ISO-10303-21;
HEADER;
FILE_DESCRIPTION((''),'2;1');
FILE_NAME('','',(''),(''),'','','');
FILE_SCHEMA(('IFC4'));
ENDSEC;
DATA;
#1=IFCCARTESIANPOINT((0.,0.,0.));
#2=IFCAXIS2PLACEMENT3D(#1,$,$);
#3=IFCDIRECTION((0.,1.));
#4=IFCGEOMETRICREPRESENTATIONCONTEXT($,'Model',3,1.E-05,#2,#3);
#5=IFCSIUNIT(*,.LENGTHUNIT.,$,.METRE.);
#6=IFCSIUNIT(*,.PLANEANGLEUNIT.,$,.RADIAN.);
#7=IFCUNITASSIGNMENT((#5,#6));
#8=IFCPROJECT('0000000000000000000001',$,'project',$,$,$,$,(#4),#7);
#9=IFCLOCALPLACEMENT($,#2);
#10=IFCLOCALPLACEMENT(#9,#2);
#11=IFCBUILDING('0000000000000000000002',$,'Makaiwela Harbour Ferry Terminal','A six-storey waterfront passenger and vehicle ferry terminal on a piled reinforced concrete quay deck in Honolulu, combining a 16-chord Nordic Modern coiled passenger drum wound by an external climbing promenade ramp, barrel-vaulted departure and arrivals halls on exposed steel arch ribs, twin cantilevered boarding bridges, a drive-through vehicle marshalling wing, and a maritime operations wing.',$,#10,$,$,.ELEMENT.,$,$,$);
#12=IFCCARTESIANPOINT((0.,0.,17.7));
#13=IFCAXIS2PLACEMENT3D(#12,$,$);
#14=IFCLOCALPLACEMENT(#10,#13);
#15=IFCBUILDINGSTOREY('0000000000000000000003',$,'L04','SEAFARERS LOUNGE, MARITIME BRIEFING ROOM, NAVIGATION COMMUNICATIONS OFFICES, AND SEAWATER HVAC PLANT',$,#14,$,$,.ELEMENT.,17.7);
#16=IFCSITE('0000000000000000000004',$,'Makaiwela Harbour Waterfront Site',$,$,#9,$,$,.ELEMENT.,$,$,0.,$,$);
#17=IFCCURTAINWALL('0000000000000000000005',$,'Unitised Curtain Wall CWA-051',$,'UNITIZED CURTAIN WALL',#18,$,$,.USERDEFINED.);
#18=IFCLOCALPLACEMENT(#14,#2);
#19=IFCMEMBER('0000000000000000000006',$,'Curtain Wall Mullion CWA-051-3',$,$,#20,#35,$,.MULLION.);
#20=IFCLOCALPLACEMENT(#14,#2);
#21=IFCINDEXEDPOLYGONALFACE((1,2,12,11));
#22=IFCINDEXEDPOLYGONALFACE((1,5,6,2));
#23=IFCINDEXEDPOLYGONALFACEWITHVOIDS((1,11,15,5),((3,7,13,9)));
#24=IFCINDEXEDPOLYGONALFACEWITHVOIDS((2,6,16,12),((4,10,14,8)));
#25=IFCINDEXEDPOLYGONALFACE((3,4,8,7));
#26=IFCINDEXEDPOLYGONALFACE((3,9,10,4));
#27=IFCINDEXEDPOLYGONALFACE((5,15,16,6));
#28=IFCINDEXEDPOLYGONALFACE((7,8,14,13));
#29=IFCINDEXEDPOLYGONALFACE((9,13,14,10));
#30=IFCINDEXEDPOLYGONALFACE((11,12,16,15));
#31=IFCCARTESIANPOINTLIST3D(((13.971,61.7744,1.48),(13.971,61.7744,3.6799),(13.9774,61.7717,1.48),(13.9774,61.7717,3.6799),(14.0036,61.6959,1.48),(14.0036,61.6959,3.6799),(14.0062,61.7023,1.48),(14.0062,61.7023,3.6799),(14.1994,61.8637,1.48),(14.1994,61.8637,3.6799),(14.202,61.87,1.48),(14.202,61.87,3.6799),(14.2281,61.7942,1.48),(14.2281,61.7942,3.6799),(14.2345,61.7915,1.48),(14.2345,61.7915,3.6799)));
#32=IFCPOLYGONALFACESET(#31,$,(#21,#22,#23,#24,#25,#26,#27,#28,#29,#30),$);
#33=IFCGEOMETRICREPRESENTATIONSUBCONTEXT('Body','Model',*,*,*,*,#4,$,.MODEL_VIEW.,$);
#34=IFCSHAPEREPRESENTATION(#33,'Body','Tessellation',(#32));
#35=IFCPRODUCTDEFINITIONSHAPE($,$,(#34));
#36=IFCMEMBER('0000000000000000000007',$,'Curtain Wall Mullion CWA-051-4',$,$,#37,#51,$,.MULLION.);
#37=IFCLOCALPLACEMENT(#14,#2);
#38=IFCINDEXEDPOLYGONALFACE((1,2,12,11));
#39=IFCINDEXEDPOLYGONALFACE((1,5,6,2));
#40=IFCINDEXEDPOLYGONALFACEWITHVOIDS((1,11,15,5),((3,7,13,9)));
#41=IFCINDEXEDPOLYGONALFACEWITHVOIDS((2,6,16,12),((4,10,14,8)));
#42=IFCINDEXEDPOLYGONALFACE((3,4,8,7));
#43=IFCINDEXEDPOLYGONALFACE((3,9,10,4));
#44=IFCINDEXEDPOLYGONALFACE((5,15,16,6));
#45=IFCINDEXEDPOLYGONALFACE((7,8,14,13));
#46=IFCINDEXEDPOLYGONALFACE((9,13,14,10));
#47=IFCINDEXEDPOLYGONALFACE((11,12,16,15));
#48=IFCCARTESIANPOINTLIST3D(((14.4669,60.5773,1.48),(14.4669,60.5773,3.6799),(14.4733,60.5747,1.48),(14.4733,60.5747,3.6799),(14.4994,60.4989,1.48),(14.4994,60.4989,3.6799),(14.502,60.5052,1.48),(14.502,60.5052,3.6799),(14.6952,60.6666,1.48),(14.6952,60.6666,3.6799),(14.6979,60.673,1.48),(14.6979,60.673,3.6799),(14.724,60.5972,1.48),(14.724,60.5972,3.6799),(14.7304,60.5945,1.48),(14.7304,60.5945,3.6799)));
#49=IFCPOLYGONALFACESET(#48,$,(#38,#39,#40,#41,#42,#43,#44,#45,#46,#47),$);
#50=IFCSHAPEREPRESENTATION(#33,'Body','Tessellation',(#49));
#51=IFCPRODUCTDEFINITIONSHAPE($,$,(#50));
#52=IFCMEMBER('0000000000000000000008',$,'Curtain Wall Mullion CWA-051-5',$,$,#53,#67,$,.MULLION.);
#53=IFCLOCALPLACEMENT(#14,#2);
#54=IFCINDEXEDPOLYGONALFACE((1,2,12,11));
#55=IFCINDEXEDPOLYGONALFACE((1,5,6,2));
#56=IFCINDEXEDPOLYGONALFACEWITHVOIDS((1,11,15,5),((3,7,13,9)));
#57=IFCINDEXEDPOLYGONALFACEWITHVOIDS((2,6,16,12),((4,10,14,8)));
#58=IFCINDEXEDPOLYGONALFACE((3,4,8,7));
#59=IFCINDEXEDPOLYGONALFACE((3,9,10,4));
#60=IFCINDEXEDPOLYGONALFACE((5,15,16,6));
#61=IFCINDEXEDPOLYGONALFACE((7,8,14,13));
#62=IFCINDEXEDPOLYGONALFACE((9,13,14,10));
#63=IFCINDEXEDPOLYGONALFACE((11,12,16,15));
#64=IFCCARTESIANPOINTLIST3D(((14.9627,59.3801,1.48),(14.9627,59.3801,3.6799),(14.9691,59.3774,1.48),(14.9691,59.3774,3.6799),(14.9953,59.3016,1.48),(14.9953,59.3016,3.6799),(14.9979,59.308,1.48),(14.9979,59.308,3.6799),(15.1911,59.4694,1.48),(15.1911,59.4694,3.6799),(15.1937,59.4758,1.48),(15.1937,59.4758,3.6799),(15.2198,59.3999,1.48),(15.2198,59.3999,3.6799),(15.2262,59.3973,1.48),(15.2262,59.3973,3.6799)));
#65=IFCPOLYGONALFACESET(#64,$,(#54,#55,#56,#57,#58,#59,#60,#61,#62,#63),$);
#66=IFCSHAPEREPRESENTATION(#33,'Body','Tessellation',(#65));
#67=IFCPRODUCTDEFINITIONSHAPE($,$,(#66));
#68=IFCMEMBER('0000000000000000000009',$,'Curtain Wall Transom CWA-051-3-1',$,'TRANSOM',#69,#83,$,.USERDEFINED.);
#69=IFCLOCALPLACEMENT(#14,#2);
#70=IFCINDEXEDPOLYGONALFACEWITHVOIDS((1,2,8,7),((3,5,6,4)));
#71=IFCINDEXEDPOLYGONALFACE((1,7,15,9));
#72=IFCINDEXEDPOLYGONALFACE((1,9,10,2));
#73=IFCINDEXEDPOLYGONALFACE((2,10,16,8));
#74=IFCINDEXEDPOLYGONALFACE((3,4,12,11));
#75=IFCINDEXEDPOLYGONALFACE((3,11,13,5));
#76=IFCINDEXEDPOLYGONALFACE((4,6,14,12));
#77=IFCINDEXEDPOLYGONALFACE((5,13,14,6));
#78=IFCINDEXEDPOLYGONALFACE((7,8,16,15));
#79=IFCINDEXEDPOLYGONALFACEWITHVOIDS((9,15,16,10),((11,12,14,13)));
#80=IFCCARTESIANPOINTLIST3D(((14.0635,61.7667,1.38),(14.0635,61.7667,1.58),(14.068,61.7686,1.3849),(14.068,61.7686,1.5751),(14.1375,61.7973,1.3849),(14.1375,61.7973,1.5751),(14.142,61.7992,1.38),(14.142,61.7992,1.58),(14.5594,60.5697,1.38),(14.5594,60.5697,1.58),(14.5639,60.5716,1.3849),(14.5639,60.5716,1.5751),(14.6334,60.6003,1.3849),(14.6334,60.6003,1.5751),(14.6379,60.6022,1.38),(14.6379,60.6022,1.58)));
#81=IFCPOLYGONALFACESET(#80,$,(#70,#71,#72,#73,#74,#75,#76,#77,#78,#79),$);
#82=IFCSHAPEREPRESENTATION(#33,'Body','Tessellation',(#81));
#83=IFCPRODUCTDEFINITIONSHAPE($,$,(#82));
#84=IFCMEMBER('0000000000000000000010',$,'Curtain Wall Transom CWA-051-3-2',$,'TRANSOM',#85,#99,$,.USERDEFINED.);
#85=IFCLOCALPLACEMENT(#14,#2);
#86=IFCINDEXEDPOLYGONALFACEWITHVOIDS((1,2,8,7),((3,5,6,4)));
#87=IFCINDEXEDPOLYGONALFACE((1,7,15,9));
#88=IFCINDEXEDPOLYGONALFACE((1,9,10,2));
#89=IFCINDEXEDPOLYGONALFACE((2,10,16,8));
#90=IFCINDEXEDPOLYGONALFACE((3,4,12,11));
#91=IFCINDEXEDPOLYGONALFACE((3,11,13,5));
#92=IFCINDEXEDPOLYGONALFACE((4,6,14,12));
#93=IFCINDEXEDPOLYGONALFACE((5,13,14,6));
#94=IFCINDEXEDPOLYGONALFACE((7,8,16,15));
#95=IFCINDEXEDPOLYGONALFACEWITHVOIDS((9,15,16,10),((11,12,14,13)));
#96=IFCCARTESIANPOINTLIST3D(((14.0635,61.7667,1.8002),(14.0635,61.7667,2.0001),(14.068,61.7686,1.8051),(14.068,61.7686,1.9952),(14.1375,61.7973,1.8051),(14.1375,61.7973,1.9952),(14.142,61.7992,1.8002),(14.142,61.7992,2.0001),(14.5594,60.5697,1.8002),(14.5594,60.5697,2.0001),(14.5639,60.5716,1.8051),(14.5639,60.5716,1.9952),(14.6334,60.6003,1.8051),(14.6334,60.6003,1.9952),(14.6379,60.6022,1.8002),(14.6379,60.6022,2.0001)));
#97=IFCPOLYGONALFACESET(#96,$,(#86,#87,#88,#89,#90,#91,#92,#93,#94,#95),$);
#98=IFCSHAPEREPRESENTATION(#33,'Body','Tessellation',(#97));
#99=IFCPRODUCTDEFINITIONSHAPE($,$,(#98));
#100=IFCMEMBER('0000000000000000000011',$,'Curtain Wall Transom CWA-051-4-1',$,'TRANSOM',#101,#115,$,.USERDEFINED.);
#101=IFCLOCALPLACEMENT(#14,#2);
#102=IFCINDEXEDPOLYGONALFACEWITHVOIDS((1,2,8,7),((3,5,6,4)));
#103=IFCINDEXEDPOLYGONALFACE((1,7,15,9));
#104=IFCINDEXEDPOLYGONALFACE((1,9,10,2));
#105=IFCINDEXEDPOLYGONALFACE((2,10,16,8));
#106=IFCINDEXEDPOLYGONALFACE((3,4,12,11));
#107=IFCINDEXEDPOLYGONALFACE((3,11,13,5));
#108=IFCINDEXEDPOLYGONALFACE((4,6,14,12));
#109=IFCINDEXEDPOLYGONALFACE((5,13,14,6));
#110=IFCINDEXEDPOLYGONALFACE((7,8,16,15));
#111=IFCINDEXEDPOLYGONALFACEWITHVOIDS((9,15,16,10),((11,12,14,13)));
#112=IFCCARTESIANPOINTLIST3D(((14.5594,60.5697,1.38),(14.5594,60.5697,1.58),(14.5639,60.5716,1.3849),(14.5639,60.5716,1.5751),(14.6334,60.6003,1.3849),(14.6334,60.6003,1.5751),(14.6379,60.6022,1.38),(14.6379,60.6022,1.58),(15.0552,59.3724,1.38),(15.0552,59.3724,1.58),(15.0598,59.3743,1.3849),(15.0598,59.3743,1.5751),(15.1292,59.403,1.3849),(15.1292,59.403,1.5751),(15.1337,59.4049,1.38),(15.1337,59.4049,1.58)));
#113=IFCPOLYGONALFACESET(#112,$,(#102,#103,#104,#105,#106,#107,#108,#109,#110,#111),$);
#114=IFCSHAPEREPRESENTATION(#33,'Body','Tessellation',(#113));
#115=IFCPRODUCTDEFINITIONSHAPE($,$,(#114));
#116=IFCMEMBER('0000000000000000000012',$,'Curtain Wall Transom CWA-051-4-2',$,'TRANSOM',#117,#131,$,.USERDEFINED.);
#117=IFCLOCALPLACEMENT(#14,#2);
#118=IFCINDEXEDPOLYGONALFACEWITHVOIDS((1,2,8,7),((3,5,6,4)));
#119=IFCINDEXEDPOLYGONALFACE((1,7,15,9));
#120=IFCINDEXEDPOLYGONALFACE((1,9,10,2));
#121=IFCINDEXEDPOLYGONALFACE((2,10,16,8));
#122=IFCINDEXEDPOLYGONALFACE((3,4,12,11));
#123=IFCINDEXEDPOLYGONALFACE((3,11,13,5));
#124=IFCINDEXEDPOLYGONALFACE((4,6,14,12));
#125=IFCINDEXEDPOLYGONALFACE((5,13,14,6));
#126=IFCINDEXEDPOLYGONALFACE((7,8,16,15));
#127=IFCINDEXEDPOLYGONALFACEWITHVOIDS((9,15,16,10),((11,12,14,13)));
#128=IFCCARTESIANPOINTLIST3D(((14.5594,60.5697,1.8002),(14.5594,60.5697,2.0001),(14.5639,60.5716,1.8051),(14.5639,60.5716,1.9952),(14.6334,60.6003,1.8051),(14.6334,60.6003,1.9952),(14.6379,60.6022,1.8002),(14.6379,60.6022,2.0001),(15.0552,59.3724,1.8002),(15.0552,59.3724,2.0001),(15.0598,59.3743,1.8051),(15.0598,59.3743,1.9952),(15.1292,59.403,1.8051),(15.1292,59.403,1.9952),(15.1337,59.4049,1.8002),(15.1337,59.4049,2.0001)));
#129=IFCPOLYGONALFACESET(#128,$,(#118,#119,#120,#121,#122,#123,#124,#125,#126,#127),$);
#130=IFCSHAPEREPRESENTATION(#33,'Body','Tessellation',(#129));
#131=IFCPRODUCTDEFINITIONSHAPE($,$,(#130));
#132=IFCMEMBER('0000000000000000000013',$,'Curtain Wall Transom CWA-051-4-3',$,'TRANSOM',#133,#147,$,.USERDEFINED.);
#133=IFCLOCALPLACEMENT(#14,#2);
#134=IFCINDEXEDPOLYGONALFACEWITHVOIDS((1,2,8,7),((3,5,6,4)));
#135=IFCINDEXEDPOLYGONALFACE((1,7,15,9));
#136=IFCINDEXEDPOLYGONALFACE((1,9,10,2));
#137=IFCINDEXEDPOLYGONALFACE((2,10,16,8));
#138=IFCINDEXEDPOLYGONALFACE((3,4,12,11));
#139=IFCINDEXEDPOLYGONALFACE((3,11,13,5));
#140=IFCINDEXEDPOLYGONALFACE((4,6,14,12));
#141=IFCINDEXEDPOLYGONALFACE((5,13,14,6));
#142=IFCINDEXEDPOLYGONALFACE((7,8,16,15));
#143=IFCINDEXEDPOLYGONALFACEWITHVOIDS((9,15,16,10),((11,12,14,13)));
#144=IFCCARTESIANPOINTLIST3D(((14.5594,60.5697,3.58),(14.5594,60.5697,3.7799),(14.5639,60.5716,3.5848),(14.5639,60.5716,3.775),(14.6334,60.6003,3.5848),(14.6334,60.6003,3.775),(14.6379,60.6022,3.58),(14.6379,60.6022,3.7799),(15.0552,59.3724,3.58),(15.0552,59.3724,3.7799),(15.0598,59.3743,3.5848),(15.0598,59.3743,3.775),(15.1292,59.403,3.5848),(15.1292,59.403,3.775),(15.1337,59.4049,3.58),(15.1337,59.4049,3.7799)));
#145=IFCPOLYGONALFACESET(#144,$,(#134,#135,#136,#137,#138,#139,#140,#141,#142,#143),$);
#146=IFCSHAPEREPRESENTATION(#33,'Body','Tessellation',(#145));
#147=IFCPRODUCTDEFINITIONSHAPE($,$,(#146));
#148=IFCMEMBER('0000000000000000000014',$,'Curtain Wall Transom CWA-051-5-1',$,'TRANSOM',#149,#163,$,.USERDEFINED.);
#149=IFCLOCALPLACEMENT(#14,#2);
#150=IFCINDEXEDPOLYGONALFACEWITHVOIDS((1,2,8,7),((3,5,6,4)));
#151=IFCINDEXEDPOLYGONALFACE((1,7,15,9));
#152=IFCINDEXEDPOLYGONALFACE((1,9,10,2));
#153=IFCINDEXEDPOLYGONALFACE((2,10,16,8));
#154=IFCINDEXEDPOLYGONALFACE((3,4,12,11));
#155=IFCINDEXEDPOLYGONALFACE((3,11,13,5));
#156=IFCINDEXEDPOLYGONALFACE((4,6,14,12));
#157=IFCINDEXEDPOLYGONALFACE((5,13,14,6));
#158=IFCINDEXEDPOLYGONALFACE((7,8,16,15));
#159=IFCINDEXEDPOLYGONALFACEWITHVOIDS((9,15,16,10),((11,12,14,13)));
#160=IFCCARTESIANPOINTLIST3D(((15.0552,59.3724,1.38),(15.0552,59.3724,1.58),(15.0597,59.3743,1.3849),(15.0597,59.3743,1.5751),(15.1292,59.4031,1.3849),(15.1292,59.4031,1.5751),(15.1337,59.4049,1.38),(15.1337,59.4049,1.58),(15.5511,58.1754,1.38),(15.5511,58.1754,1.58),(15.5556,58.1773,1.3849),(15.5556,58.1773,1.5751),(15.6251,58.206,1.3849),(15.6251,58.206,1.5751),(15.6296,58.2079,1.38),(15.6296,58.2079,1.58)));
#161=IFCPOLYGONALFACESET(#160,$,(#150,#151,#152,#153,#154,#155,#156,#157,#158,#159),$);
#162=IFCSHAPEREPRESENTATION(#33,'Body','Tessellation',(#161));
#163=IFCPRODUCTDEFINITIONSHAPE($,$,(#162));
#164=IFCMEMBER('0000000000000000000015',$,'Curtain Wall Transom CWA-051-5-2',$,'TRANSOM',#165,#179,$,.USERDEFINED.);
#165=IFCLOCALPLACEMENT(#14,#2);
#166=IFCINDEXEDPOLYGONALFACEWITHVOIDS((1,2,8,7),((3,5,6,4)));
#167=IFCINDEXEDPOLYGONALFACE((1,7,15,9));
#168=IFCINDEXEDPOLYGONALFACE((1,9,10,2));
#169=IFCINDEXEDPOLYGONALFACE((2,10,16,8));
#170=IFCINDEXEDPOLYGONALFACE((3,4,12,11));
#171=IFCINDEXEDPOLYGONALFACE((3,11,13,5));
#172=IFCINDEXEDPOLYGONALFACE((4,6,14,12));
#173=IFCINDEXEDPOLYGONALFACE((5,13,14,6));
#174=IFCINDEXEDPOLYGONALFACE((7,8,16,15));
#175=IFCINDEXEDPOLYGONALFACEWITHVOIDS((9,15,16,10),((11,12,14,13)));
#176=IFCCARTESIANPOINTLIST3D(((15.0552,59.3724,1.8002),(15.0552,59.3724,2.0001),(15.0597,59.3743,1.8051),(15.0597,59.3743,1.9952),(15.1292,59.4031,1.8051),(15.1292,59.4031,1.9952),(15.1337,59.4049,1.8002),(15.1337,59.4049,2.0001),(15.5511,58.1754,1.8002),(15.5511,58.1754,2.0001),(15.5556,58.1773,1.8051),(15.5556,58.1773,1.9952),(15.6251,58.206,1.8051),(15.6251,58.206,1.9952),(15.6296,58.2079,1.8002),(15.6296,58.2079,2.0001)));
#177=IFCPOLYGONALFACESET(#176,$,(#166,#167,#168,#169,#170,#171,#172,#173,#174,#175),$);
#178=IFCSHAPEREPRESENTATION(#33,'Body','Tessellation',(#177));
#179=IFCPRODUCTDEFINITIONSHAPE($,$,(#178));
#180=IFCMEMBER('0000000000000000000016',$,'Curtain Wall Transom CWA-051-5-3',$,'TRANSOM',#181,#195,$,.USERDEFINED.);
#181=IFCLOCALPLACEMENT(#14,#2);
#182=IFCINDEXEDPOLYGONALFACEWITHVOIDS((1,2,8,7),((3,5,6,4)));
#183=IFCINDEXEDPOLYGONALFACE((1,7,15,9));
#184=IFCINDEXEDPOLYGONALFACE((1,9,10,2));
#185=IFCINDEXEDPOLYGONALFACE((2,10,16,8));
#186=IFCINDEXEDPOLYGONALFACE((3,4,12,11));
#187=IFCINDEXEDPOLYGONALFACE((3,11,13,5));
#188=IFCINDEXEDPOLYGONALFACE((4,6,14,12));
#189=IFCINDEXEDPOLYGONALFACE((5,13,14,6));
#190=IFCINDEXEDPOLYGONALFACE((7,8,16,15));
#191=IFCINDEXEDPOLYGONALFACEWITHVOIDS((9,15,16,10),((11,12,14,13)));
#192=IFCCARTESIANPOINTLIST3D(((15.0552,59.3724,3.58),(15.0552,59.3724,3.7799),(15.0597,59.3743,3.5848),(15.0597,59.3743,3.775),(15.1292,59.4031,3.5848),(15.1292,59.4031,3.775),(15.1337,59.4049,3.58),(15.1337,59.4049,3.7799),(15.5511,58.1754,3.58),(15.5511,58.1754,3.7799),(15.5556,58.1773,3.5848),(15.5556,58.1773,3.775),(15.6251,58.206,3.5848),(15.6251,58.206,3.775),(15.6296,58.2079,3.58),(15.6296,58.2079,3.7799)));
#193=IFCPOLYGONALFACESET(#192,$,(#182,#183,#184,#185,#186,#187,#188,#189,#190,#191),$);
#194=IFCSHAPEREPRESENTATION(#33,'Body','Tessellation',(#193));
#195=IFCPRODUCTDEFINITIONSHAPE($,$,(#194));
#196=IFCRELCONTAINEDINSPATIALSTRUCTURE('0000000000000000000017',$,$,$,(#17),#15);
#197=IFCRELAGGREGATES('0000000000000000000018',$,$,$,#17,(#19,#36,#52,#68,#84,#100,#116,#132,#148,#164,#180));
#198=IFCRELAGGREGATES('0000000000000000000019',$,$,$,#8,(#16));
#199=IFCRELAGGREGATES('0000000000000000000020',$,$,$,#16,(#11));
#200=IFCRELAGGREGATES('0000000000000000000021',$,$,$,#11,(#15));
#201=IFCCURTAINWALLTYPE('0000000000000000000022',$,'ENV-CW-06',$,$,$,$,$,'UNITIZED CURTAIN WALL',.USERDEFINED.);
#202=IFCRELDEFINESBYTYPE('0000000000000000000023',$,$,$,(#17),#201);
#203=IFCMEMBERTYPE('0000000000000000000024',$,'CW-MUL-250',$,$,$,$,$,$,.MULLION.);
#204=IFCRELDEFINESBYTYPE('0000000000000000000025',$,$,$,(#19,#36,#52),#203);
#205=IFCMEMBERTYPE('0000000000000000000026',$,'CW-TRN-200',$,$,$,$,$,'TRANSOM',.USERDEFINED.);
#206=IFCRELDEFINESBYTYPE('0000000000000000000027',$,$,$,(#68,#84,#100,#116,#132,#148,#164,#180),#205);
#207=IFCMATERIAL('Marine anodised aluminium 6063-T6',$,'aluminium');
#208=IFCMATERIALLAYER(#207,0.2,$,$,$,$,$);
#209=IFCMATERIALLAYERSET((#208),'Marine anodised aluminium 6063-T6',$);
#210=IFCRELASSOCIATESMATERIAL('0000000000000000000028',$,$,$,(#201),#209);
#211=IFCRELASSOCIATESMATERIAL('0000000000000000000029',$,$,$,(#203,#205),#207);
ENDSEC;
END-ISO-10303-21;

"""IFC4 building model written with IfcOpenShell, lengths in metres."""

from ifc_helpers import new_model, si_unit, direction, frame, origin, origin_2d, place, context, subcontext, project, spatial, hollow_rectangle, extrude, material, layer, layer_set, material_profile, profile_set, type_object, element, aggregate, save


model = new_model("IFC4")

# Units and contexts
model_context = context("Model", 3, precision=1e-05, world=origin(), true_north=direction((0.0, 1.0)))
body_context = subcontext(model_context, "Body", "Model", "MODEL_VIEW")
ifc_project = project(units=[si_unit("LENGTHUNIT", "METRE"), si_unit("PLANEANGLEUNIT", "RADIAN")], contexts=[model_context])

# Site, building, storey
site_placement = place(None, origin())
site = spatial("IfcSite", under=ifc_project, at=site_placement, Name="Makaiwela Harbour Waterfront Site", CompositionType="ELEMENT", RefElevation=0.0)
building_placement = place(site_placement, origin())
building = spatial("IfcBuilding", under=site, at=building_placement, Name="Makaiwela Harbour Ferry Terminal", Description="A six-storey waterfront passenger and vehicle ferry terminal on a piled reinforced concrete quay deck in Honolulu, combining a 16-chord Nordic Modern coiled passenger drum wound by an external climbing promenade ramp, barrel-vaulted departure and arrivals halls on exposed steel arch ribs, twin cantilevered boarding bridges, a drive-through vehicle marshalling wing, and a maritime operations wing.", CompositionType="ELEMENT")
storey_placement = place(building_placement, frame((0.0, 0.0, 17.7)))
storey = spatial("IfcBuildingStorey", under=building, at=storey_placement, Name="L04", Description="SEAFARERS LOUNGE, MARITIME BRIEFING ROOM, NAVIGATION COMMUNICATIONS OFFICES, AND SEAWATER HVAC PLANT", CompositionType="ELEMENT", Elevation=17.7)

# Curtain wall, members
ifc_material_1 = material(Name="Marine anodised aluminium 6063-T6", Category="aluminium")
ifc_layer_1 = layer(ifc_material_1, 0.2)
ifc_layer_set_1 = layer_set([ifc_layer_1], Name="Marine anodised aluminium 6063-T6")
curtain_wall_type = type_object("IfcCurtainWallType", Name="ENV-CW-06", ElementType="UNITIZED CURTAIN WALL", PredefinedType="USERDEFINED", material=ifc_layer_set_1)
curtain_wall_placement = place(storey_placement, origin())
curtain_wall = element("IfcCurtainWall", 1, at=curtain_wall_placement, inside=storey, type_object=curtain_wall_type, Name="Unitised Curtain Wall CWA-051", ObjectType="UNITIZED CURTAIN WALL", PredefinedType="USERDEFINED")
ifc_material_profile_1 = material_profile(ifc_material_1, hollow_rectangle(XDim=0.085, YDim=0.25, WallThickness=0.0049, at=origin_2d()), Name="CWM-250X85")
ifc_profile_set_1 = profile_set([ifc_material_profile_1], Name="Marine anodised aluminium 6063-T6")
member_type_1 = type_object("IfcMemberType", Name="CW-MUL-250", PredefinedType="MULLION", material=ifc_profile_set_1)
member_1_placement = place(storey_placement, frame((14.1028, 61.783, 1.48), z_axis=(0.0, 0.0, 1.0), x_axis=(-0.382683, 0.92388, 0.0)))
member_1 = element("IfcMember", 2, at=member_1_placement, type_object=member_type_1, Name="Curtain Wall Mullion CWA-051-3", PredefinedType="MULLION", context=body_context, shape_type="SweptSolid", body=[
    extrude(hollow_rectangle(XDim=0.085, YDim=0.25, WallThickness=0.0049, at=origin_2d()), origin(), (0.0, 0.0, 1.0), 2.2),
])
member_2_placement = place(storey_placement, frame((14.5986, 60.5859, 1.48), z_axis=(0.0, 0.0, 1.0), x_axis=(-0.382683, 0.92388, 0.0)))
member_2 = element("IfcMember", 3, at=member_2_placement, type_object=member_type_1, Name="Curtain Wall Mullion CWA-051-4", PredefinedType="MULLION", context=body_context, shape_type="SweptSolid", body=[
    extrude(hollow_rectangle(XDim=0.085, YDim=0.25, WallThickness=0.0049, at=origin_2d()), origin(), (0.0, 0.0, 1.0), 2.2),
])
member_3_placement = place(storey_placement, frame((15.0945, 59.3887, 1.48), z_axis=(0.0, 0.0, 1.0), x_axis=(-0.382683, 0.92388, 0.0)))
member_3 = element("IfcMember", 4, at=member_3_placement, type_object=member_type_1, Name="Curtain Wall Mullion CWA-051-5", PredefinedType="MULLION", context=body_context, shape_type="SweptSolid", body=[
    extrude(hollow_rectangle(XDim=0.085, YDim=0.25, WallThickness=0.0049, at=origin_2d()), origin(), (0.0, 0.0, 1.0), 2.2),
])
ifc_material_profile_2 = material_profile(ifc_material_1, hollow_rectangle(XDim=0.085, YDim=0.2, WallThickness=0.0049, at=origin_2d()), Name="CWT-200X85")
ifc_profile_set_2 = profile_set([ifc_material_profile_2], Name="Marine anodised aluminium 6063-T6")
member_type_2 = type_object("IfcMemberType", Name="CW-TRN-200", ElementType="TRANSOM", PredefinedType="USERDEFINED", material=ifc_profile_set_2)
member_4_placement = place(storey_placement, frame((14.1028, 61.783, 1.48), z_axis=(0.382701, -0.923872, 0.0), x_axis=(0.923872, 0.382701, 0.0)))
member_4 = element("IfcMember", 5, at=member_4_placement, type_object=member_type_2, Name="Curtain Wall Transom CWA-051-3-1", ObjectType="TRANSOM", PredefinedType="USERDEFINED", context=body_context, shape_type="SweptSolid", body=[
    extrude(hollow_rectangle(XDim=0.085, YDim=0.2, WallThickness=0.0049, at=origin_2d()), origin(), (0.0, 0.0, 1.0), 1.2957),
])
member_5_placement = place(storey_placement, frame((14.1028, 61.783, 1.9001), z_axis=(0.382701, -0.923872, 0.0), x_axis=(0.923872, 0.382701, 0.0)))
member_5 = element("IfcMember", 6, at=member_5_placement, type_object=member_type_2, Name="Curtain Wall Transom CWA-051-3-2", ObjectType="TRANSOM", PredefinedType="USERDEFINED", context=body_context, shape_type="SweptSolid", body=[
    extrude(hollow_rectangle(XDim=0.085, YDim=0.2, WallThickness=0.0049, at=origin_2d()), origin(), (0.0, 0.0, 1.0), 1.2957),
])
member_6_placement = place(storey_placement, frame((14.5986, 60.5859, 1.48), z_axis=(0.382635, -0.9239, 0.0), x_axis=(0.9239, 0.382635, 0.0)))
member_6 = element("IfcMember", 7, at=member_6_placement, type_object=member_type_2, Name="Curtain Wall Transom CWA-051-4-1", ObjectType="TRANSOM", PredefinedType="USERDEFINED", context=body_context, shape_type="SweptSolid", body=[
    extrude(hollow_rectangle(XDim=0.085, YDim=0.2, WallThickness=0.0049, at=origin_2d()), origin(), (0.0, 0.0, 1.0), 1.2959),
])
member_7_placement = place(storey_placement, frame((14.5986, 60.5859, 1.9001), z_axis=(0.382635, -0.9239, 0.0), x_axis=(0.9239, 0.382635, 0.0)))
member_7 = element("IfcMember", 8, at=member_7_placement, type_object=member_type_2, Name="Curtain Wall Transom CWA-051-4-2", ObjectType="TRANSOM", PredefinedType="USERDEFINED", context=body_context, shape_type="SweptSolid", body=[
    extrude(hollow_rectangle(XDim=0.085, YDim=0.2, WallThickness=0.0049, at=origin_2d()), origin(), (0.0, 0.0, 1.0), 1.2959),
])
member_8_placement = place(storey_placement, frame((14.5986, 60.5859, 3.6799), z_axis=(0.382635, -0.9239, 0.0), x_axis=(0.9239, 0.382635, 0.0)))
member_8 = element("IfcMember", 9, at=member_8_placement, type_object=member_type_2, Name="Curtain Wall Transom CWA-051-4-3", ObjectType="TRANSOM", PredefinedType="USERDEFINED", context=body_context, shape_type="SweptSolid", body=[
    extrude(hollow_rectangle(XDim=0.085, YDim=0.2, WallThickness=0.0049, at=origin_2d()), origin(), (0.0, 0.0, 1.0), 1.2959),
])
member_9_placement = place(storey_placement, frame((15.0945, 59.3887, 1.48), z_axis=(0.382701, -0.923872, 0.0), x_axis=(0.923872, 0.382701, 0.0)))
member_9 = element("IfcMember", 10, at=member_9_placement, type_object=member_type_2, Name="Curtain Wall Transom CWA-051-5-1", ObjectType="TRANSOM", PredefinedType="USERDEFINED", context=body_context, shape_type="SweptSolid", body=[
    extrude(hollow_rectangle(XDim=0.085, YDim=0.2, WallThickness=0.0049, at=origin_2d()), origin(), (0.0, 0.0, 1.0), 1.2957),
])
member_10_placement = place(storey_placement, frame((15.0945, 59.3887, 1.9001), z_axis=(0.382701, -0.923872, 0.0), x_axis=(0.923872, 0.382701, 0.0)))
member_10 = element("IfcMember", 11, at=member_10_placement, type_object=member_type_2, Name="Curtain Wall Transom CWA-051-5-2", ObjectType="TRANSOM", PredefinedType="USERDEFINED", context=body_context, shape_type="SweptSolid", body=[
    extrude(hollow_rectangle(XDim=0.085, YDim=0.2, WallThickness=0.0049, at=origin_2d()), origin(), (0.0, 0.0, 1.0), 1.2957),
])
member_11_placement = place(storey_placement, frame((15.0945, 59.3887, 3.6799), z_axis=(0.382701, -0.923872, 0.0), x_axis=(0.923872, 0.382701, 0.0)))
member_11 = element("IfcMember", 12, at=member_11_placement, type_object=member_type_2, Name="Curtain Wall Transom CWA-051-5-3", ObjectType="TRANSOM", PredefinedType="USERDEFINED", context=body_context, shape_type="SweptSolid", body=[
    extrude(hollow_rectangle(XDim=0.085, YDim=0.2, WallThickness=0.0049, at=origin_2d()), origin(), (0.0, 0.0, 1.0), 1.2957),
])
aggregate(curtain_wall, [member_1, member_2, member_3, member_4, member_5, member_6, member_7, member_8, member_9, member_10, member_11])

save(model, "model.ifc")
